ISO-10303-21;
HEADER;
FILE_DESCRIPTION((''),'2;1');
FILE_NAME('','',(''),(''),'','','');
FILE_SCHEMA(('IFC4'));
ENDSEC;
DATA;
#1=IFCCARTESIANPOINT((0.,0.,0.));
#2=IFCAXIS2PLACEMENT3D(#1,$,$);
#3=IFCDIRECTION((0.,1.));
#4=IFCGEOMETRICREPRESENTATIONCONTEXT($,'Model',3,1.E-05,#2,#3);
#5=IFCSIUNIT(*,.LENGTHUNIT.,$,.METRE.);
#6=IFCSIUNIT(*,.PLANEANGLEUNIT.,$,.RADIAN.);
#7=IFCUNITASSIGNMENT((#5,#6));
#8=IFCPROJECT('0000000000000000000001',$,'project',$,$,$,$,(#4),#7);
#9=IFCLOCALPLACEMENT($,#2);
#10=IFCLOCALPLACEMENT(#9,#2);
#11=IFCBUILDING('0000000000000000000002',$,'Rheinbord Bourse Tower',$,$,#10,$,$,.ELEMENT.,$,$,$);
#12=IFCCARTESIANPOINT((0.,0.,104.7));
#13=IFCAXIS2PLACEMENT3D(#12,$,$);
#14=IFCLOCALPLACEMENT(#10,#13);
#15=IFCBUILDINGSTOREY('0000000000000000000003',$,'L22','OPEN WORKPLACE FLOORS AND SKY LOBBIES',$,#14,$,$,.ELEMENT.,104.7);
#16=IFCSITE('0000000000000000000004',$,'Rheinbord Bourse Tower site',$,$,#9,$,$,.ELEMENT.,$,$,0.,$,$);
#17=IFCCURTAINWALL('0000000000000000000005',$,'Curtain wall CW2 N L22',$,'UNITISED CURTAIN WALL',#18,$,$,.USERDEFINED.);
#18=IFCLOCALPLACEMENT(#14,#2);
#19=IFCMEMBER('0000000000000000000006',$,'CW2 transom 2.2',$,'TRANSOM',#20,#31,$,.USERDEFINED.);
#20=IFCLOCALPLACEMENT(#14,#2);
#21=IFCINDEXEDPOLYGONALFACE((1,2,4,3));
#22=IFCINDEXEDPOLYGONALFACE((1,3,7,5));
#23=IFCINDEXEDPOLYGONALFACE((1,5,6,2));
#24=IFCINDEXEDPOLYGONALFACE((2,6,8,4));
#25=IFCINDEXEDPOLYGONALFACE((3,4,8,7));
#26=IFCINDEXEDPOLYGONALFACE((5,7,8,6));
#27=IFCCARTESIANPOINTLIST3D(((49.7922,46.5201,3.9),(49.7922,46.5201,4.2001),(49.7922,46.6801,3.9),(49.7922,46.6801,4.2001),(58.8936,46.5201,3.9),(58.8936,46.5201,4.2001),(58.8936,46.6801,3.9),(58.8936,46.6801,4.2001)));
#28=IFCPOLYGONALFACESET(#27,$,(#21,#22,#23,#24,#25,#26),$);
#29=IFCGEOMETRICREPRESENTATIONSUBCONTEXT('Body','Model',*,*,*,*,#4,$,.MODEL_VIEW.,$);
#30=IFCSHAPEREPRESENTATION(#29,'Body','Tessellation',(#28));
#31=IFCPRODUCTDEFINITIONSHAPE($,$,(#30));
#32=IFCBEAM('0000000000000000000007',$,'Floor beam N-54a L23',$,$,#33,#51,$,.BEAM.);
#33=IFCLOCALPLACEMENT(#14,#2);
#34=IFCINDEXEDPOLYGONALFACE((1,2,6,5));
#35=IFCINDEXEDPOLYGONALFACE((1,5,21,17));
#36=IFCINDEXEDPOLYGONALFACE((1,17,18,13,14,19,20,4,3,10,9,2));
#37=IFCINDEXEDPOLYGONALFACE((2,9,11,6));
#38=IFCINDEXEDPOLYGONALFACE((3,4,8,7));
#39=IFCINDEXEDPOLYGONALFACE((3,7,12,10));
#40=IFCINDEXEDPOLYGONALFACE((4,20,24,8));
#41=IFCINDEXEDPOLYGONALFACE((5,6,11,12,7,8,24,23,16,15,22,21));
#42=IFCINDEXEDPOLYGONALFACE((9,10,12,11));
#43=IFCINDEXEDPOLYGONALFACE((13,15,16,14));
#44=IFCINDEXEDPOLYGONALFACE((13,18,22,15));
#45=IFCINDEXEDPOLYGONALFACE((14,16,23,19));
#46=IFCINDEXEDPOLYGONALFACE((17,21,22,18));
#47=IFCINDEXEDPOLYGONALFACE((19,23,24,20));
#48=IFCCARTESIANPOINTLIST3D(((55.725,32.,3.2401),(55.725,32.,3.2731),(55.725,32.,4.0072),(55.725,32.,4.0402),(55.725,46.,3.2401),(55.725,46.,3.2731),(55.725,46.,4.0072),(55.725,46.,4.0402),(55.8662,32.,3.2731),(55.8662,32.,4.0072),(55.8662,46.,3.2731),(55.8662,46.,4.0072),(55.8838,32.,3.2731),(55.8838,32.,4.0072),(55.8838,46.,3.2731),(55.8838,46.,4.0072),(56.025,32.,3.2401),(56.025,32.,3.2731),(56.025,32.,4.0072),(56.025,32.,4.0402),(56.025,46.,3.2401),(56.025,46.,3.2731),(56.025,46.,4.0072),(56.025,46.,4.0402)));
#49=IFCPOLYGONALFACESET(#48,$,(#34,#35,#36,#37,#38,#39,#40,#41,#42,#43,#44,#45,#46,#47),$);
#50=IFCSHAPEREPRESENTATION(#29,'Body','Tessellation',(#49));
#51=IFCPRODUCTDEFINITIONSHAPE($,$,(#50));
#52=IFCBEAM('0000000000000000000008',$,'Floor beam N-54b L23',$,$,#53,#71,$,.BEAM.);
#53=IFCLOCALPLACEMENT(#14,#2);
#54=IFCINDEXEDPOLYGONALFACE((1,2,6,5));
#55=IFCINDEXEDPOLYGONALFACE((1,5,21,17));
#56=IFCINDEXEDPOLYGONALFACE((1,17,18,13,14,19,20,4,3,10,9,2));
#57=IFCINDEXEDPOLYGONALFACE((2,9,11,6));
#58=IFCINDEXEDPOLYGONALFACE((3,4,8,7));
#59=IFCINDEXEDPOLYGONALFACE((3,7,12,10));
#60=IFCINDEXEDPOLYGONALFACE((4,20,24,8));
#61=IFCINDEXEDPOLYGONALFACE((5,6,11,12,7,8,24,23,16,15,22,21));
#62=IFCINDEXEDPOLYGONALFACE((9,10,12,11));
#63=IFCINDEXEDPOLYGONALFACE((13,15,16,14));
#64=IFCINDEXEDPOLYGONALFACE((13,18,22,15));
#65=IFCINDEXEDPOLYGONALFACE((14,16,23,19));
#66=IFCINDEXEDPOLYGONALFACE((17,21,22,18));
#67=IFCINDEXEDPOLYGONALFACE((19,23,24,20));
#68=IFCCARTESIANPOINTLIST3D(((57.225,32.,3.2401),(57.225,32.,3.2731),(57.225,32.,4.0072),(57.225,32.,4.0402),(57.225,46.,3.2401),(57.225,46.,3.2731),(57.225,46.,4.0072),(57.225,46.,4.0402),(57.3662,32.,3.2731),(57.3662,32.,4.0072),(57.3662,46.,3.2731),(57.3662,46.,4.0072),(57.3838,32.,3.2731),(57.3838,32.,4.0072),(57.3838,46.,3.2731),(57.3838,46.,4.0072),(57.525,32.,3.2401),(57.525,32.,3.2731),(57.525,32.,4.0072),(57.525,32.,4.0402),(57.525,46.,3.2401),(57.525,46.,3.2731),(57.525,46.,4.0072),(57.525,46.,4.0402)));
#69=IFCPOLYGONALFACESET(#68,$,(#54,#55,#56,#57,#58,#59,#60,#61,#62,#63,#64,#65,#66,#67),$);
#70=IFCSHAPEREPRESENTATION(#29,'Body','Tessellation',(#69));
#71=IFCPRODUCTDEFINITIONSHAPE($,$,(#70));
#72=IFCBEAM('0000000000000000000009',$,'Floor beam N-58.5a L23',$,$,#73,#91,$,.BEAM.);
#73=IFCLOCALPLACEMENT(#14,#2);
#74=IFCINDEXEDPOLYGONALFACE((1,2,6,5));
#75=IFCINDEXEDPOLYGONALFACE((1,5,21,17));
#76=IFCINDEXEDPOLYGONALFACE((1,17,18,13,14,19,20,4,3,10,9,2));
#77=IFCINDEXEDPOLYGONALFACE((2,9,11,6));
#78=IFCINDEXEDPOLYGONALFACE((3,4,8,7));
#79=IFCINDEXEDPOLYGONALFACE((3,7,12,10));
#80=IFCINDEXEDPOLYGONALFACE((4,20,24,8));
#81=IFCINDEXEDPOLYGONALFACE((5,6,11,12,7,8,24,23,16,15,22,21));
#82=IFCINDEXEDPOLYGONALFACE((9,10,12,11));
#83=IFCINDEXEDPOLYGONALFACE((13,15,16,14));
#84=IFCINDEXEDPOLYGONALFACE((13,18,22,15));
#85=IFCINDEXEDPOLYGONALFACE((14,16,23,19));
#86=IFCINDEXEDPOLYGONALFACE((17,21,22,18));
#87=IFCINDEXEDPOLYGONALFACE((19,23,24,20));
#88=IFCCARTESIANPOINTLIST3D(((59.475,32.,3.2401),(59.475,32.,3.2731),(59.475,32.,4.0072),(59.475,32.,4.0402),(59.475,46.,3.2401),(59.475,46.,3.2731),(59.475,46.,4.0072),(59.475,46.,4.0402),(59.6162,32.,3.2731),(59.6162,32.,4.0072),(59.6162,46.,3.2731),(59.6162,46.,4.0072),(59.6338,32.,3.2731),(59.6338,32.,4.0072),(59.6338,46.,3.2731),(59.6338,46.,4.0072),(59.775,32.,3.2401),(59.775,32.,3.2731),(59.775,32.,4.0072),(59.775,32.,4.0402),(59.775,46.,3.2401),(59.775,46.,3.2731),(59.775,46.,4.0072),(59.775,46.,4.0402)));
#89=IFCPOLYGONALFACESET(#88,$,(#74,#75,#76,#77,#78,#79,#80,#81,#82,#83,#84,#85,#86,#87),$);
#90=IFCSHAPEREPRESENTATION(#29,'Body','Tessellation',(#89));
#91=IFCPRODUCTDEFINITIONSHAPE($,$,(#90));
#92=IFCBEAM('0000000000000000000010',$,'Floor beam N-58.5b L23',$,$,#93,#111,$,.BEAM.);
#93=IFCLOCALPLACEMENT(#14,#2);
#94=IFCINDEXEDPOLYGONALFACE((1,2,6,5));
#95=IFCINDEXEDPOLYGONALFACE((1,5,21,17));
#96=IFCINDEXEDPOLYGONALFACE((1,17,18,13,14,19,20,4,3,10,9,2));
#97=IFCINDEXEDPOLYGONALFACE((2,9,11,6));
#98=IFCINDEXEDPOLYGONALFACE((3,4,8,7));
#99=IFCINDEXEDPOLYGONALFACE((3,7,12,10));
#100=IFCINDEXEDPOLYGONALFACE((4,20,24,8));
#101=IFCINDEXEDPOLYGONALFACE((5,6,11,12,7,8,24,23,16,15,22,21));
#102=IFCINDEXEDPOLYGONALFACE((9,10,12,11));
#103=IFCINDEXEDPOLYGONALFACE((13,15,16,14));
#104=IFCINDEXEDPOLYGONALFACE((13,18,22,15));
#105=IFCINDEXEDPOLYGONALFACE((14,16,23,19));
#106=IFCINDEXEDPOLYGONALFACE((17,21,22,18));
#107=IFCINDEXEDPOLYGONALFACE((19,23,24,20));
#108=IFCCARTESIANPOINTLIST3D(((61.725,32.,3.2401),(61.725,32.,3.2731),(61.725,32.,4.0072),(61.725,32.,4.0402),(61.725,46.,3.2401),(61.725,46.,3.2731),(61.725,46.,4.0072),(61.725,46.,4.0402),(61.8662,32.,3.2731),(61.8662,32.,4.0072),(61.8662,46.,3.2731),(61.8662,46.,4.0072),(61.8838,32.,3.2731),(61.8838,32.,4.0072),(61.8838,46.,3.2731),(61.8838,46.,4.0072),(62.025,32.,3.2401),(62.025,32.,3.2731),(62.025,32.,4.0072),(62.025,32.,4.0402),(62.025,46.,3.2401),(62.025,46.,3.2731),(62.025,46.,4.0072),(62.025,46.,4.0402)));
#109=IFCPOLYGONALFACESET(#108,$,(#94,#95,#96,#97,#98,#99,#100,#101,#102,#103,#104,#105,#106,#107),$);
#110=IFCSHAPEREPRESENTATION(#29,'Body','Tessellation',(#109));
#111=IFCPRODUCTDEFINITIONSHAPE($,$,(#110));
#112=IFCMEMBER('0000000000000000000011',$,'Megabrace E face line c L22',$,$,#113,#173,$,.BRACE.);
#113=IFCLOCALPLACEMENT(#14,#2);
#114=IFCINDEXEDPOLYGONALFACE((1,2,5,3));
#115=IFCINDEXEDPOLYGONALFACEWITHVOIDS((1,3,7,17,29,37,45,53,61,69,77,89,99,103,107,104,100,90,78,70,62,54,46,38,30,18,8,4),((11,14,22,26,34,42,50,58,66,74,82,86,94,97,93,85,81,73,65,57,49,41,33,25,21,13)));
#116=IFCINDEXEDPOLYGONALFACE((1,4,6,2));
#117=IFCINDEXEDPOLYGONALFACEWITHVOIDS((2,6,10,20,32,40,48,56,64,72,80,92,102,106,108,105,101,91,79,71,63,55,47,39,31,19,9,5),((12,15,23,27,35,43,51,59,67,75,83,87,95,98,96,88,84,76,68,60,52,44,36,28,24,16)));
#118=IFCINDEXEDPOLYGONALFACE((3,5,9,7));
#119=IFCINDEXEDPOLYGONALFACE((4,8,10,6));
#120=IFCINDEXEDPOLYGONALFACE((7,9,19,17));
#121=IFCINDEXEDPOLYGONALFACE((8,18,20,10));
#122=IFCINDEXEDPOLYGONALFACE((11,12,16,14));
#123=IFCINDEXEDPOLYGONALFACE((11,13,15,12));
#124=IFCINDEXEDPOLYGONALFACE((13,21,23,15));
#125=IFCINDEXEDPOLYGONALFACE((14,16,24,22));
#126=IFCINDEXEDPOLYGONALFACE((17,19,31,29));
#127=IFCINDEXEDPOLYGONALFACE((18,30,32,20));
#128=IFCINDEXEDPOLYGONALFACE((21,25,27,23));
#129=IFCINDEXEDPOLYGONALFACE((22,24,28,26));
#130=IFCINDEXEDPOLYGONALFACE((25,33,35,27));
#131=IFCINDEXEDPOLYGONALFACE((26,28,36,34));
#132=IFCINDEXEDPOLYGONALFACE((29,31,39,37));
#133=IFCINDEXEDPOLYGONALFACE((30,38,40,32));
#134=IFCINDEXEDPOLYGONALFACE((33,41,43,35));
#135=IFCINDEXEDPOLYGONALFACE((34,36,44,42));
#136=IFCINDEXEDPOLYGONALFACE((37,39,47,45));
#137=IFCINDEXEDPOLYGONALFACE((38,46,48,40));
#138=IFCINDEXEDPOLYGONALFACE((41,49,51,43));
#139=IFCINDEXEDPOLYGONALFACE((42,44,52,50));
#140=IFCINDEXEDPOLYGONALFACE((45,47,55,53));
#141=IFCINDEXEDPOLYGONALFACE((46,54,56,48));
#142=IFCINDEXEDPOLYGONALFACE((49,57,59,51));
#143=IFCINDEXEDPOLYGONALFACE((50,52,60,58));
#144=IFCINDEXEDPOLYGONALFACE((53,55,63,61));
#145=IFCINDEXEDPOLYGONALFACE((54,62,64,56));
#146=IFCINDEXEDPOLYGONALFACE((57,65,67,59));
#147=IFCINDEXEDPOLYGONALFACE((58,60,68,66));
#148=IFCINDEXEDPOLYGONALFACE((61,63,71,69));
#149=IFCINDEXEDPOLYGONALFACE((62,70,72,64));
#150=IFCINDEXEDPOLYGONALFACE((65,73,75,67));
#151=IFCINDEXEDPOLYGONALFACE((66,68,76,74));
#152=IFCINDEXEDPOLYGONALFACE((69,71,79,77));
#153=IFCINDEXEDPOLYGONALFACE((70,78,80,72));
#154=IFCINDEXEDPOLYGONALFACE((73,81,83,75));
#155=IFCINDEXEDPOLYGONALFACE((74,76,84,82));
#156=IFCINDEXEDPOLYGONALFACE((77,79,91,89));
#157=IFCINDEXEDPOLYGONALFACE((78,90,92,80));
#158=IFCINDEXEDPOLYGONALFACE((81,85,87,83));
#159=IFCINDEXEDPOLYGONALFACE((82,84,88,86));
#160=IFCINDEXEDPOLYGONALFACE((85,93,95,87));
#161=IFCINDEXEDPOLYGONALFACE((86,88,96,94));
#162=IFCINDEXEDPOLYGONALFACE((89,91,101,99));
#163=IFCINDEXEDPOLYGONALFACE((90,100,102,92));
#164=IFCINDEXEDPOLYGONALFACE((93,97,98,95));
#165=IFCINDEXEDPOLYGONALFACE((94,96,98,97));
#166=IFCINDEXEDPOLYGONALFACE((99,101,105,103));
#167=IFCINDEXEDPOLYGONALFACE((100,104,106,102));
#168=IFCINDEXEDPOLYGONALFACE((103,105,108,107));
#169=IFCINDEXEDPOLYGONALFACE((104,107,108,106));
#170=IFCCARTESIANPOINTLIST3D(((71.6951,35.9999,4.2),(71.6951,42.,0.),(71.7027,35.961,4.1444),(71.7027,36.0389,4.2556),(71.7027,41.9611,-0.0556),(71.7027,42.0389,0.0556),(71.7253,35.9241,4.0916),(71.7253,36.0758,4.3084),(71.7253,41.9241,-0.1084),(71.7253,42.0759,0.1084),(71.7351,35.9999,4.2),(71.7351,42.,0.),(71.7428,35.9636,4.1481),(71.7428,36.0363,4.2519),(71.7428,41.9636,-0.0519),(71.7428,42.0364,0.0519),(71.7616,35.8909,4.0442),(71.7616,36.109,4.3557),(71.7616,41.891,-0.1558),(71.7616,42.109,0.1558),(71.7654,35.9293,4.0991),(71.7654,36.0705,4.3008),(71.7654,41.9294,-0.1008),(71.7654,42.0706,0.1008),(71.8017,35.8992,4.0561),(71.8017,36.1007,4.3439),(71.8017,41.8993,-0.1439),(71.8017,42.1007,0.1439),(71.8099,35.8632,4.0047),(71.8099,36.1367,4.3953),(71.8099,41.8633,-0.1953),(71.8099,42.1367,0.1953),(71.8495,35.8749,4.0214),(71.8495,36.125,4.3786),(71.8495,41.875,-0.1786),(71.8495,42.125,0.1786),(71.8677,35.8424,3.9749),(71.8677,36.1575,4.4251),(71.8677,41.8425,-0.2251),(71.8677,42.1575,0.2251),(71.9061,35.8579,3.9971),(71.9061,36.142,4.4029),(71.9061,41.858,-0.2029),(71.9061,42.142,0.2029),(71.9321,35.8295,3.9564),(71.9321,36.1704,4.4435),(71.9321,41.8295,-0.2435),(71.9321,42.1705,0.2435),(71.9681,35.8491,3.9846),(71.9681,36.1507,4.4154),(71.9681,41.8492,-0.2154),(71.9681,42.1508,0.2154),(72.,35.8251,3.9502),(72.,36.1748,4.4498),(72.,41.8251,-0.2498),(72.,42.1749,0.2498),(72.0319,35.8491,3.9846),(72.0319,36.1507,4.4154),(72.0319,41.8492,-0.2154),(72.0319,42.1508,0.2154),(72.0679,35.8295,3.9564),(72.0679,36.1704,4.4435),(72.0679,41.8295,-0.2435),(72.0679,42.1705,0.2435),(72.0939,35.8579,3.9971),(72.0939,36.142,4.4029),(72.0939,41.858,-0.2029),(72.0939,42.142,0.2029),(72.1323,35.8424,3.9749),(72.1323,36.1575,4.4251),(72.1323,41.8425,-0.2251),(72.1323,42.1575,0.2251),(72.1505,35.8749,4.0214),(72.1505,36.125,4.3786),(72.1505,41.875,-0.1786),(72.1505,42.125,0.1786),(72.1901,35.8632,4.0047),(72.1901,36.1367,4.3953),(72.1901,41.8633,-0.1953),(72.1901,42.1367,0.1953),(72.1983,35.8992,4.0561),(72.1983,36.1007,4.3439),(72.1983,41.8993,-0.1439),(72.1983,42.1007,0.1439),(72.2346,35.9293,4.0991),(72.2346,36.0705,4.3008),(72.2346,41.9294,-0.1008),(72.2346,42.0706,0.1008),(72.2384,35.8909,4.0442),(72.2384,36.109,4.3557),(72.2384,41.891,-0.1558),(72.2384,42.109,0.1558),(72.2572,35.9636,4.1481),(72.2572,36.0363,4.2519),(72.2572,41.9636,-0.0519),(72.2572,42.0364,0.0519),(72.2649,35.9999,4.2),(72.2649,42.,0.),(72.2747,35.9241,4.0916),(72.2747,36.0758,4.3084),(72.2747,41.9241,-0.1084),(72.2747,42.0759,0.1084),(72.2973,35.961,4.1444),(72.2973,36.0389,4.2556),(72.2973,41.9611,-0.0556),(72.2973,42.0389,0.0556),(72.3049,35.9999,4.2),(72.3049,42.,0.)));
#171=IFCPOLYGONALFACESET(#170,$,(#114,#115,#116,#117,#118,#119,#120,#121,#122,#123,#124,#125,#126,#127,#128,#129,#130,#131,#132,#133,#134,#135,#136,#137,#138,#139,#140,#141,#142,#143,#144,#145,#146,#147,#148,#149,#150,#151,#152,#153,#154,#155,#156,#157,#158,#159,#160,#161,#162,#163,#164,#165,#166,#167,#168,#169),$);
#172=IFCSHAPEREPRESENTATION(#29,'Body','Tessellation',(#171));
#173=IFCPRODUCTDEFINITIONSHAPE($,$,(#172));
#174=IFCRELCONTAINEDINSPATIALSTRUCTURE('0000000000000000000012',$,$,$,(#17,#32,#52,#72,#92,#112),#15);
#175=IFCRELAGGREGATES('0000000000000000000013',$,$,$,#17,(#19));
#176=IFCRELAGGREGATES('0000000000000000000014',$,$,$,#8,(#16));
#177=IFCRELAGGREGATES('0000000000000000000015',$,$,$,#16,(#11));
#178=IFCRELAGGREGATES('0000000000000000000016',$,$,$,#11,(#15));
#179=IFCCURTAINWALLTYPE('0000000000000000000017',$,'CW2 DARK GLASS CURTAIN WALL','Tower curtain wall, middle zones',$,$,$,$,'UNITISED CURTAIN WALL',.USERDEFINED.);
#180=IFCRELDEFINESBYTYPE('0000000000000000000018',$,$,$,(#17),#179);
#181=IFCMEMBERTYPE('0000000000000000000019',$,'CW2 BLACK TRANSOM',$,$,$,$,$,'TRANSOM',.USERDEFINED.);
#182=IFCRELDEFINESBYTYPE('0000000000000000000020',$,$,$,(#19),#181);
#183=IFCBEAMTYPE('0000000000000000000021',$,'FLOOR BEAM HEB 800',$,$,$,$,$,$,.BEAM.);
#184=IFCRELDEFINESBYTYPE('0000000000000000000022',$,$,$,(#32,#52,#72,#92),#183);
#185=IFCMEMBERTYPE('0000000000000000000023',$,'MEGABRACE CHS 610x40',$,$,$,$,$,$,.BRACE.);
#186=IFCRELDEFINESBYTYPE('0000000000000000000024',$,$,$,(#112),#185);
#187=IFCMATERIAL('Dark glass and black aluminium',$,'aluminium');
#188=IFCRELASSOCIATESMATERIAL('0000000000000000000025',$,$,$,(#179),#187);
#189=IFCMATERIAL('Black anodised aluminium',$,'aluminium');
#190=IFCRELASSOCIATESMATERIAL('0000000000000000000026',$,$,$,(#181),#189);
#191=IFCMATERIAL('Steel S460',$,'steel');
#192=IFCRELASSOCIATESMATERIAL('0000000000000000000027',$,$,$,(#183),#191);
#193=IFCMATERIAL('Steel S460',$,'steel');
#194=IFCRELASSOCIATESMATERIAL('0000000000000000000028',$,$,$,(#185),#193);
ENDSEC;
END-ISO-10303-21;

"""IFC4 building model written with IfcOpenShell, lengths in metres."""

from ifc_helpers import new_model, si_unit, direction, frame, origin, origin_2d, place, context, subcontext, project, spatial, rectangle, hollow_circle, i_section, extrude, material, material_profile, profile_set, type_object, element, aggregate, save


model = new_model("IFC4")

# Units and contexts
model_context = context("Model", 3, precision=1e-05, world=origin(), true_north=direction((0.0, 1.0)))
body_context = subcontext(model_context, "Body", "Model", "MODEL_VIEW")
ifc_project = project(units=[si_unit("LENGTHUNIT", "METRE"), si_unit("PLANEANGLEUNIT", "RADIAN")], contexts=[model_context])

# Site, building, storey
site_placement = place(None, origin())
site = spatial("IfcSite", under=ifc_project, at=site_placement, Name="Rheinbord Bourse Tower site", CompositionType="ELEMENT", RefElevation=0.0)
building_placement = place(site_placement, origin())
building = spatial("IfcBuilding", under=site, at=building_placement, Name="Rheinbord Bourse Tower", CompositionType="ELEMENT")
storey_placement = place(building_placement, frame((0.0, 0.0, 104.7)))
storey = spatial("IfcBuildingStorey", under=building, at=storey_placement, Name="L22", Description="OPEN WORKPLACE FLOORS AND SKY LOBBIES", CompositionType="ELEMENT", Elevation=104.7)

# Curtain wall
ifc_material_1 = material(Name="Dark glass and black aluminium", Category="aluminium")
curtain_wall_type = type_object("IfcCurtainWallType", Name="CW2 DARK GLASS CURTAIN WALL", Description="Tower curtain wall, middle zones", ElementType="UNITISED CURTAIN WALL", PredefinedType="USERDEFINED", material=ifc_material_1)
curtain_wall_1_placement = place(storey_placement, origin())
curtain_wall_1 = element("IfcCurtainWall", 1, at=curtain_wall_1_placement, inside=storey, type_object=curtain_wall_type, Name="Curtain wall CW2 N L22", ObjectType="UNITISED CURTAIN WALL", PredefinedType="USERDEFINED")

# Member
ifc_material_2 = material(Name="Black anodised aluminium", Category="aluminium")
ifc_material_profile_1 = material_profile(ifc_material_2, rectangle(XDim=0.1599, YDim=0.3, at=origin_2d()), Name="CW2 TRANSOM 300x160")
ifc_profile_set_1 = profile_set([ifc_material_profile_1], Name="Black anodised aluminium")
member_type_1 = type_object("IfcMemberType", Name="CW2 BLACK TRANSOM", ElementType="TRANSOM", PredefinedType="USERDEFINED", material=ifc_profile_set_1)
member_1_placement = place(storey_placement, frame((58.8936, 46.6001, 4.05), z_axis=(-1.0, 0.0, 0.0), x_axis=(0.0, -1.0, 0.0)))
member_1 = element("IfcMember", 2, at=member_1_placement, type_object=member_type_1, Name="CW2 transom 2.2", ObjectType="TRANSOM", PredefinedType="USERDEFINED", context=body_context, shape_type="SweptSolid", body=[
    extrude(rectangle(XDim=0.1599, YDim=0.3, at=origin_2d()), origin(), (0.0, 0.0, 1.0), 9.1013),
])

# Beams
ifc_material_3 = material(Name="Steel S460", Category="steel")
ifc_material_profile_2 = material_profile(ifc_material_3, i_section(OverallWidth=0.3, OverallDepth=0.8, WebThickness=0.0176, FlangeThickness=0.033, at=origin_2d()), Name="HEB 800")
ifc_profile_set_2 = profile_set([ifc_material_profile_2], Name="Steel S460")
beam_type_1 = type_object("IfcBeamType", Name="FLOOR BEAM HEB 800", PredefinedType="BEAM", material=ifc_profile_set_2)
for number, where, z_axis, x_axis, name in (
    (3, (55.875, 46.0, 3.6401), (0.0, -1.0, 0.0), (1.0, 0.0, 0.0), "Floor beam N-54a L23"),
    (4, (57.375, 46.0, 3.6401), (0.0, -1.0, 0.0), (1.0, 0.0, 0.0), "Floor beam N-54b L23"),
    (5, (59.625, 46.0, 3.6401), (0.0, -1.0, 0.0), (1.0, 0.0, 0.0), "Floor beam N-58.5a L23"),
    (6, (61.875, 46.0, 3.6401), (0.0, -1.0, 0.0), (1.0, 0.0, 0.0), "Floor beam N-58.5b L23"),
):
    element("IfcBeam", number, at=place(storey_placement, frame(where, z_axis=z_axis, x_axis=x_axis)), inside=storey, type_object=beam_type_1, Name=name, PredefinedType="BEAM", context=body_context, shape_type="SweptSolid", body=[
        extrude(i_section(OverallWidth=0.3, OverallDepth=0.8, WebThickness=0.0176, FlangeThickness=0.033, at=origin_2d()), origin(), (0.0, 0.0, 1.0), 14.0),
    ])

# Member
ifc_material_4 = material(Name="Steel S460", Category="steel")
ifc_material_profile_3 = material_profile(ifc_material_4, hollow_circle(Radius=0.3049, WallThickness=0.04, at=origin_2d()), Name="CHS 610x40")
ifc_profile_set_3 = profile_set([ifc_material_profile_3], Name="Steel S460")
member_type_2 = type_object("IfcMemberType", Name="MEGABRACE CHS 610x40", PredefinedType="BRACE", material=ifc_profile_set_3)
member_2_placement = place(storey_placement, frame((72.0, 42.0, 0.0), z_axis=(0.0, -0.819235, 0.573458), x_axis=(1.0, 0.0, 0.0)))
element("IfcMember", 7, at=member_2_placement, inside=storey, type_object=member_type_2, Name="Megabrace E face line c L22", PredefinedType="BRACE", context=body_context, shape_type="SweptSolid", body=[
    extrude(hollow_circle(Radius=0.3049, WallThickness=0.04, at=origin_2d()), origin(), (0.0, 0.0, 1.0), 7.324),
])

aggregate(curtain_wall_1, [member_1])

save(model, "model.ifc")
